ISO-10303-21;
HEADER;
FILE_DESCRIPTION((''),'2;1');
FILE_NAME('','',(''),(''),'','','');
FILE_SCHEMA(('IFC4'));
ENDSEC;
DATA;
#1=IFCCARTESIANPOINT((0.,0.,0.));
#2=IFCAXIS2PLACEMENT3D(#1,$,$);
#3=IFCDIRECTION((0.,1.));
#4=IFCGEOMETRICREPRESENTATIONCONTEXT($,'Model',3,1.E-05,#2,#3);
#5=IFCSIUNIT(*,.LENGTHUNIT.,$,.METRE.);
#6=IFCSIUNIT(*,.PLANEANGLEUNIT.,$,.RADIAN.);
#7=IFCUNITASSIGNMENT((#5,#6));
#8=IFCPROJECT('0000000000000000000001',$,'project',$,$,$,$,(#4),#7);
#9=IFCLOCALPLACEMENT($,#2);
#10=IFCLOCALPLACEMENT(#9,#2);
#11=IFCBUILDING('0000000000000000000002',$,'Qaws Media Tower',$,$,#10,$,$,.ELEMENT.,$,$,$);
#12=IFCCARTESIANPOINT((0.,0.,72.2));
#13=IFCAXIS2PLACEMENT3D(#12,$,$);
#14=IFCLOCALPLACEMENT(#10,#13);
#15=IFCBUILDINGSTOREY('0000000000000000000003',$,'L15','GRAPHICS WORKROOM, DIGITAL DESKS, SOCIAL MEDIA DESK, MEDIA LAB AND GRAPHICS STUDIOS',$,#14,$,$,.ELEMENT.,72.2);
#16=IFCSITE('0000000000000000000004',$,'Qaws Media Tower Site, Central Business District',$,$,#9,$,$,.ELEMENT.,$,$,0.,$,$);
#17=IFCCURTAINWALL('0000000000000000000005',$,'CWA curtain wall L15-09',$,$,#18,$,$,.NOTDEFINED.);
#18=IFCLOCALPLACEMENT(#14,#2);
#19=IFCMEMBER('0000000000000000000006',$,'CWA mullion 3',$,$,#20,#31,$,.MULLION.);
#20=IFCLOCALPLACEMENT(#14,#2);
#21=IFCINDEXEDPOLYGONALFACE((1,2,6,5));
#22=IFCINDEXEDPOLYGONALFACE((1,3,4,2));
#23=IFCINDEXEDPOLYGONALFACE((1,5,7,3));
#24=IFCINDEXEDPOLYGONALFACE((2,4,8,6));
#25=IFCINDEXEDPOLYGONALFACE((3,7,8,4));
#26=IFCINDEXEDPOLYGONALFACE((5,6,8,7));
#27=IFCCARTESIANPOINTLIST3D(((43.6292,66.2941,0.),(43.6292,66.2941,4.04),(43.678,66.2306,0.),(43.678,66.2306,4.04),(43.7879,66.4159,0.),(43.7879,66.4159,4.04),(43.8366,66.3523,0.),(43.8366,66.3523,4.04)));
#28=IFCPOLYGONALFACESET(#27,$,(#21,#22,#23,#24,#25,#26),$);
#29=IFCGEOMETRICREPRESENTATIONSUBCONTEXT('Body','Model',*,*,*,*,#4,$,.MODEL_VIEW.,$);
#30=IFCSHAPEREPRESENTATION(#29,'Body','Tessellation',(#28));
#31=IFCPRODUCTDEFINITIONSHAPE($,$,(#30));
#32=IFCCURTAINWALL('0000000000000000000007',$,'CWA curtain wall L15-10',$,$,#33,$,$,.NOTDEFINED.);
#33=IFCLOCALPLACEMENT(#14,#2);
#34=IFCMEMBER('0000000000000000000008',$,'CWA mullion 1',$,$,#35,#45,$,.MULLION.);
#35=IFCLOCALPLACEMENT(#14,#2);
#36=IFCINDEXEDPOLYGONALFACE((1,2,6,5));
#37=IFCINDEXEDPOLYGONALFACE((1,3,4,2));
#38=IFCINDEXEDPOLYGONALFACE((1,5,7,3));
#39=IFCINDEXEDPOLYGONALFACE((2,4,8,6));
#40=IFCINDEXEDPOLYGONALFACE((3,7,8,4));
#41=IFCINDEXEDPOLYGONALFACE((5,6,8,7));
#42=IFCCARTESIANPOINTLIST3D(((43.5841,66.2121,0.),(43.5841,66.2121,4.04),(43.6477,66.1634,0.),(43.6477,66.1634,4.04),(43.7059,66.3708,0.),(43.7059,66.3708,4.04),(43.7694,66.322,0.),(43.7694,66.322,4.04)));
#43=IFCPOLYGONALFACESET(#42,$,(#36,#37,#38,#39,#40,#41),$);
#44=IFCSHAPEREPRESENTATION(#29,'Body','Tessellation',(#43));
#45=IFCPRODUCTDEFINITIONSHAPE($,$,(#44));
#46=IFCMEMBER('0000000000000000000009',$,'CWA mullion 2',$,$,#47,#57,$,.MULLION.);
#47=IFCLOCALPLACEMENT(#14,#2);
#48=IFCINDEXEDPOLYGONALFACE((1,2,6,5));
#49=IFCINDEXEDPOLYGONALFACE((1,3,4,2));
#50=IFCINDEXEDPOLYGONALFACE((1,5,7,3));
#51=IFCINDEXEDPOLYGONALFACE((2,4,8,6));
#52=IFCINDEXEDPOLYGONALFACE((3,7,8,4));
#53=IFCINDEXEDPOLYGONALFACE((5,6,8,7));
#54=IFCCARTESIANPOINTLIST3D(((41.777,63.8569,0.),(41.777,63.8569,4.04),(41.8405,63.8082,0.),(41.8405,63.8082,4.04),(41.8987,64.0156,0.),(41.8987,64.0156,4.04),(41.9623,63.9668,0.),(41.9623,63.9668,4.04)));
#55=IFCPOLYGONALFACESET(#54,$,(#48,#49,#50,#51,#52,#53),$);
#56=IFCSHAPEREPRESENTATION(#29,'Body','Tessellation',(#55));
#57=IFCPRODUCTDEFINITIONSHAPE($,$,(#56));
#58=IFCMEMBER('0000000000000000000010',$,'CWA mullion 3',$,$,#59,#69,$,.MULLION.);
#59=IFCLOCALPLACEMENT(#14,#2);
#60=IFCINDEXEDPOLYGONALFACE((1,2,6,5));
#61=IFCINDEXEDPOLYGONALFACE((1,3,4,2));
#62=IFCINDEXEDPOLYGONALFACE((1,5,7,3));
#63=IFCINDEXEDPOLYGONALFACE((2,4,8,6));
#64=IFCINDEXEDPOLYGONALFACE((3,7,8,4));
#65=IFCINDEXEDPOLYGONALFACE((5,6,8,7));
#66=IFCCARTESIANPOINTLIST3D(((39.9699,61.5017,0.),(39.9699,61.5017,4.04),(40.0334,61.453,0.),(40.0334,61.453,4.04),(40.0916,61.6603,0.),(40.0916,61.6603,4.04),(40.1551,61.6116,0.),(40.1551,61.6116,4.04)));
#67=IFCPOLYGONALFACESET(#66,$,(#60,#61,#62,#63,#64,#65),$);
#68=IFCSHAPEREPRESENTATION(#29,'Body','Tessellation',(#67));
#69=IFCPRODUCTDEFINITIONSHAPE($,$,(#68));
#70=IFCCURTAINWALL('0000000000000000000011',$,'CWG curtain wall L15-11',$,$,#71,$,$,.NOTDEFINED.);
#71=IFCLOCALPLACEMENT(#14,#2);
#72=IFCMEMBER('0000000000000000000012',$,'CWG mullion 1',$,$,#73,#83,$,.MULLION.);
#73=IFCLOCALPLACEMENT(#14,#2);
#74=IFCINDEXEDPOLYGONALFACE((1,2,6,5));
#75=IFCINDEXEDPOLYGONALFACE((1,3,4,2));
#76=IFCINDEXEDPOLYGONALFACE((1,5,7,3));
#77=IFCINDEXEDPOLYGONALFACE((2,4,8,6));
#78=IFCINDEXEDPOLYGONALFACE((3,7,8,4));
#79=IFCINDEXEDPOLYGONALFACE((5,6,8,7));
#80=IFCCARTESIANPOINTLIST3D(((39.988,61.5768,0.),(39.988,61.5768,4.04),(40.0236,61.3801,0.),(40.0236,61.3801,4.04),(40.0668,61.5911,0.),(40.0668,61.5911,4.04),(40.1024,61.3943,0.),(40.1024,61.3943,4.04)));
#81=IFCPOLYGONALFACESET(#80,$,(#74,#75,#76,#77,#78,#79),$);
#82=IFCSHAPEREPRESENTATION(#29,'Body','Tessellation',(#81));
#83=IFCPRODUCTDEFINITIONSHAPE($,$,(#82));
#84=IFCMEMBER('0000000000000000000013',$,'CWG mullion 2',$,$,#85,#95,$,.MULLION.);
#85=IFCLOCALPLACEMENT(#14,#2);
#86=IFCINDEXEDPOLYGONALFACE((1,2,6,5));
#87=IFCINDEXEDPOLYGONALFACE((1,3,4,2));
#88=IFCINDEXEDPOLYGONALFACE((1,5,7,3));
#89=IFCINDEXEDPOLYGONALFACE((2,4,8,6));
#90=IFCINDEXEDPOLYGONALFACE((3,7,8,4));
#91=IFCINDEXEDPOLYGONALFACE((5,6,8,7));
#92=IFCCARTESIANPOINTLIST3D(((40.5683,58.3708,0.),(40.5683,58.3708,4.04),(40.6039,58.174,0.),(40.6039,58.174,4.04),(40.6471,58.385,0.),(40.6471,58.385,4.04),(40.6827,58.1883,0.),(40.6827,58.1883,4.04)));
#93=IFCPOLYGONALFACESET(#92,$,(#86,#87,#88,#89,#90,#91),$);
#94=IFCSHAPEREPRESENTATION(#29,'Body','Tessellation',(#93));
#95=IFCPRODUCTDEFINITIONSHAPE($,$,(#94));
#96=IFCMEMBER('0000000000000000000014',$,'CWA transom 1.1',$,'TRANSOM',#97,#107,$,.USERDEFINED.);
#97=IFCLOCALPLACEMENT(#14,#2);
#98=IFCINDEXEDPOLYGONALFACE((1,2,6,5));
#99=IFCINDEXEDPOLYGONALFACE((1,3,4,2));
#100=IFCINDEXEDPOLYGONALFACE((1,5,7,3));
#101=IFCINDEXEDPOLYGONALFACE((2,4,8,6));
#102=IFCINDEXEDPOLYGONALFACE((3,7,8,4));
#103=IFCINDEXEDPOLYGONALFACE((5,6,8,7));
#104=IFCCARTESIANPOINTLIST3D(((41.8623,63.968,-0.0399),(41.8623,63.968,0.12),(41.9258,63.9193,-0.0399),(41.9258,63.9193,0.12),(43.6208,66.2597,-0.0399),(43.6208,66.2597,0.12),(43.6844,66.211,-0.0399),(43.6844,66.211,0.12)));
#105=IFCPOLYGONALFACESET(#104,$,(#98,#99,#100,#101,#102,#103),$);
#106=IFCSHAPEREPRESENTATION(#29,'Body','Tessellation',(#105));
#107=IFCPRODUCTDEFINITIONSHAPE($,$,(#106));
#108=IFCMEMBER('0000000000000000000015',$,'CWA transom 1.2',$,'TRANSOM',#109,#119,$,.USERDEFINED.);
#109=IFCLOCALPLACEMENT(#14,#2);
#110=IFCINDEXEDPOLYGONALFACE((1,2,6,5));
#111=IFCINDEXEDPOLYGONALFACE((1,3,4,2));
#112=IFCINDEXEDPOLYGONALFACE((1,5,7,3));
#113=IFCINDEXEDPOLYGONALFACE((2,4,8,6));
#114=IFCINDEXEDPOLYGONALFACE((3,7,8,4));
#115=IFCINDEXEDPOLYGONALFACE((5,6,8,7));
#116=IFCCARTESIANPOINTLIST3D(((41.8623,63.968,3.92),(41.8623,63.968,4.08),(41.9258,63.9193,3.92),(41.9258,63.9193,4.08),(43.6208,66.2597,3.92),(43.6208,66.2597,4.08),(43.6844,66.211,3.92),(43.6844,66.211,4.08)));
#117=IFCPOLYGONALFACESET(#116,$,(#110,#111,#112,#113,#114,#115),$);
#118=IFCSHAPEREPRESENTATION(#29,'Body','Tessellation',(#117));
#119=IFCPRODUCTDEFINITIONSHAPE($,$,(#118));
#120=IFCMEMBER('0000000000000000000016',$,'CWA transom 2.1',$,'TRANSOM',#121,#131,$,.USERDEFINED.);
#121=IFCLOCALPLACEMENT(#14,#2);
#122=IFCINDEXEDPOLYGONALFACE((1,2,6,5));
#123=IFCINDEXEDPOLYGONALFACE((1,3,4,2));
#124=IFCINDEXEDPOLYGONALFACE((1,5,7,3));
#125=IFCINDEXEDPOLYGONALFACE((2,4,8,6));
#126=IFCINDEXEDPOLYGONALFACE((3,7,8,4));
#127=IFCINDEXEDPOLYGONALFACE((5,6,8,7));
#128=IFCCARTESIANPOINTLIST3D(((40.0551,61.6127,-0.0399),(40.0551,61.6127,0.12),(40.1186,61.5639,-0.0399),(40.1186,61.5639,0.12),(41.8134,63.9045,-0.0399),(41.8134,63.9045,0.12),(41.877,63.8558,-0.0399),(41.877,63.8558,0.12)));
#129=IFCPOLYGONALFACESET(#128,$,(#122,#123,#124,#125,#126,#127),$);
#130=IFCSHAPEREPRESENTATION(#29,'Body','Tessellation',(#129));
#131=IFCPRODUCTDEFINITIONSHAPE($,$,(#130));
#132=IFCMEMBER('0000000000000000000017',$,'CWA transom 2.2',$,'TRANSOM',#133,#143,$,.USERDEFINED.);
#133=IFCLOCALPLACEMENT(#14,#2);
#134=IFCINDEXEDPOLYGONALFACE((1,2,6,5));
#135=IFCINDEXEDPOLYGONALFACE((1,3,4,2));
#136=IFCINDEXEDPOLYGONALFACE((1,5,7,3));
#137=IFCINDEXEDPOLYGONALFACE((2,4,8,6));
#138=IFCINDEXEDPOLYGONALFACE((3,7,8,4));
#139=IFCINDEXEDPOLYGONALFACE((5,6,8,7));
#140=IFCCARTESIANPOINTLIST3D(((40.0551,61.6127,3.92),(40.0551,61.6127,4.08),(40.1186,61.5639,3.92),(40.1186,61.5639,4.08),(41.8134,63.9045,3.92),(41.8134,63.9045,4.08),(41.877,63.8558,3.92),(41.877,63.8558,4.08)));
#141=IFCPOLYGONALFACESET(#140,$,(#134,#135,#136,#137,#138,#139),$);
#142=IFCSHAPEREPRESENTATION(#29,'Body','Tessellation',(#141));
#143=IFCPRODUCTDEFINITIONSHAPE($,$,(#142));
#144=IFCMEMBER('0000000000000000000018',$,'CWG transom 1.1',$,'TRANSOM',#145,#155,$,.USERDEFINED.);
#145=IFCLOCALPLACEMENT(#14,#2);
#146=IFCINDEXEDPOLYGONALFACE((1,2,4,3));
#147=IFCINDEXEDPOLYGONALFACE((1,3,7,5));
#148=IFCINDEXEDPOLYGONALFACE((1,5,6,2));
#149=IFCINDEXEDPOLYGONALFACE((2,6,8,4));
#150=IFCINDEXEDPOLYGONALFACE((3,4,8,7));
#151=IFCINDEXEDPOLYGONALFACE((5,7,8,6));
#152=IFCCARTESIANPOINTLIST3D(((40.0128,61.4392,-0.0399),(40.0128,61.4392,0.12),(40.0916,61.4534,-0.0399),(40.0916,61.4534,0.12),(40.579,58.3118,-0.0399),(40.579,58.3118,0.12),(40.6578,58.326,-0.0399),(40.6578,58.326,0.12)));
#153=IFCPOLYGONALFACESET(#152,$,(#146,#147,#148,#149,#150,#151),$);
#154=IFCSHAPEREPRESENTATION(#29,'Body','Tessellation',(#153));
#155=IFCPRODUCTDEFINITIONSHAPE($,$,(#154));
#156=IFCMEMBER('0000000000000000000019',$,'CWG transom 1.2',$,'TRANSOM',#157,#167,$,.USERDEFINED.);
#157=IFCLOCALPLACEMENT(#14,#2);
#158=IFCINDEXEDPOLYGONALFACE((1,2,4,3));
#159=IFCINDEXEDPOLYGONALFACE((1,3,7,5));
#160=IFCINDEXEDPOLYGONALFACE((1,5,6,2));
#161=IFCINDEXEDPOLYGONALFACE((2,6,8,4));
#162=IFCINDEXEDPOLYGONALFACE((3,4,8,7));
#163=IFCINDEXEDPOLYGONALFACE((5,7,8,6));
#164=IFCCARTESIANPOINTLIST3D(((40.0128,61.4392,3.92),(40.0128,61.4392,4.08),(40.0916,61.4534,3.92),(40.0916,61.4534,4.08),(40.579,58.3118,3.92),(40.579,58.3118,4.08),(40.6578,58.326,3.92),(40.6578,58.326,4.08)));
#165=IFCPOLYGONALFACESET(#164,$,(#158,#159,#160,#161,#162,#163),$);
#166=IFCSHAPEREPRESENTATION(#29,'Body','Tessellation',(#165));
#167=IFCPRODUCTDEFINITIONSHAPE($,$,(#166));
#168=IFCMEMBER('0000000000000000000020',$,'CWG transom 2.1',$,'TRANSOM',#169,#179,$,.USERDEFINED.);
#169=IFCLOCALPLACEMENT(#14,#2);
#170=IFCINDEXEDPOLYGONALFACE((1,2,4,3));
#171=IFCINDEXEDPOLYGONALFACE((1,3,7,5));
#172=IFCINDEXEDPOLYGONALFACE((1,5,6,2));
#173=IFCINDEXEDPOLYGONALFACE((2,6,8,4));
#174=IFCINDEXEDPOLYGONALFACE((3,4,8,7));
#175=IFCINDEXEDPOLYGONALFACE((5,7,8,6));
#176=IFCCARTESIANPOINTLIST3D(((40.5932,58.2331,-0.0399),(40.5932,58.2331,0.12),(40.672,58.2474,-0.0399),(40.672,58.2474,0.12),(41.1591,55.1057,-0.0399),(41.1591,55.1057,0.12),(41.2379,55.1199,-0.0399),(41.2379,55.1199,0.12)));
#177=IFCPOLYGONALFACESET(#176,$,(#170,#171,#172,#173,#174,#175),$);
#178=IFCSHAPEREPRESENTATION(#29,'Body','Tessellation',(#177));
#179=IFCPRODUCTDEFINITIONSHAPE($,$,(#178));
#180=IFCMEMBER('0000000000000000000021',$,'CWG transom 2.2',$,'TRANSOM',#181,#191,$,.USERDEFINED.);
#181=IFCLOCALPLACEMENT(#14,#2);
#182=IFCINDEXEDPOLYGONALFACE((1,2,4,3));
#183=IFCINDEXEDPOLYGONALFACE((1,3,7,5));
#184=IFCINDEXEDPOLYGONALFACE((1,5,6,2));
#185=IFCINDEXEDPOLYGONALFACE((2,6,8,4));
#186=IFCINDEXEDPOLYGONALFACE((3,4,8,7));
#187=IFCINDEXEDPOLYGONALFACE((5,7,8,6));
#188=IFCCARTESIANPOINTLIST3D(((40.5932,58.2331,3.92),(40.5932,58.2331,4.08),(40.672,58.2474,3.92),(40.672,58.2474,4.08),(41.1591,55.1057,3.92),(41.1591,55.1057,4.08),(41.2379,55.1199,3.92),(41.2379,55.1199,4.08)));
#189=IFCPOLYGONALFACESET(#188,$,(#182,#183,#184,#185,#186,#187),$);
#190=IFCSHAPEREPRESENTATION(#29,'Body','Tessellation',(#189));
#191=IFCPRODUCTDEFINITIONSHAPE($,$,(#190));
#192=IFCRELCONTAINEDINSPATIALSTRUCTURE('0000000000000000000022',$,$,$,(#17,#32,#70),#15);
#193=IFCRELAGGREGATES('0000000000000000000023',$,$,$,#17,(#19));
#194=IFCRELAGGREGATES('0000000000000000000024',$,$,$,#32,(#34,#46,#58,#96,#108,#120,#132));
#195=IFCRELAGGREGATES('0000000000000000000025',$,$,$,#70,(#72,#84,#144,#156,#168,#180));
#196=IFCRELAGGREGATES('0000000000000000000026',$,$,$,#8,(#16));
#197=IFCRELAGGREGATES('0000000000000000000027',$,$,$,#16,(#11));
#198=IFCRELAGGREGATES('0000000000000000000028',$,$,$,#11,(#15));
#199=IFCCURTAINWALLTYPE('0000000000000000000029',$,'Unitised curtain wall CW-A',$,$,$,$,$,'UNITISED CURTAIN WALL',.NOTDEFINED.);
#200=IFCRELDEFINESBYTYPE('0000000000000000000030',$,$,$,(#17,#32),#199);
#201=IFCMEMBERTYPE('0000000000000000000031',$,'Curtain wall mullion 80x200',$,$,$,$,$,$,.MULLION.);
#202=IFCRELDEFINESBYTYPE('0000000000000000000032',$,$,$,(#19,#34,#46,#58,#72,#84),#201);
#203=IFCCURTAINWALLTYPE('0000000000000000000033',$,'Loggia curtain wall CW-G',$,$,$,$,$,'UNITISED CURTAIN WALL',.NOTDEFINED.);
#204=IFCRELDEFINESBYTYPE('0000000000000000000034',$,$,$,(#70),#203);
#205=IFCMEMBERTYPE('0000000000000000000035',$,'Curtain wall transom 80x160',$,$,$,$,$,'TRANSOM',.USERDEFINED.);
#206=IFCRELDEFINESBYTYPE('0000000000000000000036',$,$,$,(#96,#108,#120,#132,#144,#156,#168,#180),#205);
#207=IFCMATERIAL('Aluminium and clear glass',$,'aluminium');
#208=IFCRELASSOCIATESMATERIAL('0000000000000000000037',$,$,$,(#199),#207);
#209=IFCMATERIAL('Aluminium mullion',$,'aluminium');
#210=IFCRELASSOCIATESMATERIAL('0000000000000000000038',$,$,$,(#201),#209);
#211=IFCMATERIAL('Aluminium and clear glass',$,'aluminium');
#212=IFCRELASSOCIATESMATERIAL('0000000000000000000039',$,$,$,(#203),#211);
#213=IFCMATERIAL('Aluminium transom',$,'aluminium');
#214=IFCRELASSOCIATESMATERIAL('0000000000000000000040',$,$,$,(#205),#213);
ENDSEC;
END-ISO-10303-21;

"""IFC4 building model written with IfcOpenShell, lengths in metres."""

from ifc_helpers import new_model, si_unit, direction, frame, origin, origin_2d, place, context, subcontext, project, spatial, rectangle, extrude, material, material_profile, profile_set, type_object, element, aggregate, save


model = new_model("IFC4")

# Units and contexts
model_context = context("Model", 3, precision=1e-05, world=origin(), true_north=direction((0.0, 1.0)))
body_context = subcontext(model_context, "Body", "Model", "MODEL_VIEW")
ifc_project = project(units=[si_unit("LENGTHUNIT", "METRE"), si_unit("PLANEANGLEUNIT", "RADIAN")], contexts=[model_context])

# Site, building, storey
site_placement = place(None, origin())
site = spatial("IfcSite", under=ifc_project, at=site_placement, Name="Qaws Media Tower Site, Central Business District", CompositionType="ELEMENT", RefElevation=0.0)
building_placement = place(site_placement, origin())
building = spatial("IfcBuilding", under=site, at=building_placement, Name="Qaws Media Tower", CompositionType="ELEMENT")
storey_placement = place(building_placement, frame((0.0, 0.0, 72.2)))
storey = spatial("IfcBuildingStorey", under=building, at=storey_placement, Name="L15", Description="GRAPHICS WORKROOM, DIGITAL DESKS, SOCIAL MEDIA DESK, MEDIA LAB AND GRAPHICS STUDIOS", CompositionType="ELEMENT", Elevation=72.2)

# Curtain wall, member
ifc_material_1 = material(Name="Aluminium and clear glass", Category="aluminium")
curtain_wall_type_1 = type_object("IfcCurtainWallType", Name="Unitised curtain wall CW-A", ElementType="UNITISED CURTAIN WALL", PredefinedType="NOTDEFINED", material=ifc_material_1)
curtain_wall_1_placement = place(storey_placement, origin())
curtain_wall_1 = element("IfcCurtainWall", 1, at=curtain_wall_1_placement, inside=storey, type_object=curtain_wall_type_1, Name="CWA curtain wall L15-09", PredefinedType="NOTDEFINED")
ifc_material_2 = material(Name="Aluminium mullion", Category="aluminium")
ifc_material_profile_1 = material_profile(ifc_material_2, rectangle(XDim=0.0801, YDim=0.2, at=origin_2d()), Name="80x200")
ifc_profile_set_1 = profile_set([ifc_material_profile_1], Name="Aluminium mullion")
member_type_1 = type_object("IfcMemberType", Name="Curtain wall mullion 80x200", PredefinedType="MULLION", material=ifc_profile_set_1)
member_1_placement = place(storey_placement, frame((43.7329, 66.3232, 0.0), z_axis=(0.0, 0.0, 1.0), x_axis=(0.608762, -0.793353, 0.0)))
member_1 = element("IfcMember", 2, at=member_1_placement, type_object=member_type_1, Name="CWA mullion 3", PredefinedType="MULLION", context=body_context, shape_type="SweptSolid", body=[
    extrude(rectangle(XDim=0.0801, YDim=0.2, at=origin_2d()), origin(), (0.0, 0.0, 1.0), 4.04),
])
aggregate(curtain_wall_1, [member_1])

# Curtain walls, members
curtain_wall_2_placement = place(storey_placement, origin())
curtain_wall_2 = element("IfcCurtainWall", 3, at=curtain_wall_2_placement, inside=storey, type_object=curtain_wall_type_1, Name="CWA curtain wall L15-10", PredefinedType="NOTDEFINED")
member_2_placement = place(storey_placement, frame((43.6768, 66.2671, 0.0), z_axis=(0.0, 0.0, 1.0), x_axis=(0.793353, -0.608762, 0.0)))
member_2 = element("IfcMember", 4, at=member_2_placement, type_object=member_type_1, Name="CWA mullion 1", PredefinedType="MULLION", context=body_context, shape_type="SweptSolid", body=[
    extrude(rectangle(XDim=0.0801, YDim=0.2, at=origin_2d()), origin(), (0.0, 0.0, 1.0), 4.04),
])
member_3_placement = place(storey_placement, frame((41.8696, 63.9119, 0.0), z_axis=(0.0, 0.0, 1.0), x_axis=(0.793353, -0.608762, 0.0)))
member_3 = element("IfcMember", 5, at=member_3_placement, type_object=member_type_1, Name="CWA mullion 2", PredefinedType="MULLION", context=body_context, shape_type="SweptSolid", body=[
    extrude(rectangle(XDim=0.0801, YDim=0.2, at=origin_2d()), origin(), (0.0, 0.0, 1.0), 4.04),
])
member_4_placement = place(storey_placement, frame((40.0625, 61.5566, 0.0), z_axis=(0.0, 0.0, 1.0), x_axis=(0.793353, -0.608762, 0.0)))
member_4 = element("IfcMember", 6, at=member_4_placement, type_object=member_type_1, Name="CWA mullion 3", PredefinedType="MULLION", context=body_context, shape_type="SweptSolid", body=[
    extrude(rectangle(XDim=0.0801, YDim=0.2, at=origin_2d()), origin(), (0.0, 0.0, 1.0), 4.04),
])
ifc_material_3 = material(Name="Aluminium and clear glass", Category="aluminium")
curtain_wall_type_2 = type_object("IfcCurtainWallType", Name="Loggia curtain wall CW-G", ElementType="UNITISED CURTAIN WALL", PredefinedType="NOTDEFINED", material=ifc_material_3)
curtain_wall_3_placement = place(storey_placement, origin())
curtain_wall_3 = element("IfcCurtainWall", 7, at=curtain_wall_3_placement, inside=storey, type_object=curtain_wall_type_2, Name="CWG curtain wall L15-11", PredefinedType="NOTDEFINED")
member_5_placement = place(storey_placement, frame((40.0452, 61.4856, 0.0), z_axis=(0.0, 0.0, 1.0), x_axis=(0.984018, 0.178071, 0.0)))
member_5 = element("IfcMember", 8, at=member_5_placement, type_object=member_type_1, Name="CWG mullion 1", PredefinedType="MULLION", context=body_context, shape_type="SweptSolid", body=[
    extrude(rectangle(XDim=0.0801, YDim=0.2, at=origin_2d()), origin(), (0.0, 0.0, 1.0), 4.04),
])
member_6_placement = place(storey_placement, frame((40.6255, 58.2795, 0.0), z_axis=(0.0, 0.0, 1.0), x_axis=(0.984018, 0.178071, 0.0)))
member_6 = element("IfcMember", 9, at=member_6_placement, type_object=member_type_1, Name="CWG mullion 2", PredefinedType="MULLION", context=body_context, shape_type="SweptSolid", body=[
    extrude(rectangle(XDim=0.0801, YDim=0.2, at=origin_2d()), origin(), (0.0, 0.0, 1.0), 4.04),
])

# Members
ifc_material_4 = material(Name="Aluminium transom", Category="aluminium")
ifc_material_profile_2 = material_profile(ifc_material_4, rectangle(XDim=0.0801, YDim=0.1599, at=origin_2d()), Name="80x160")
ifc_profile_set_2 = profile_set([ifc_material_profile_2], Name="Aluminium transom")
member_type_2 = type_object("IfcMemberType", Name="Curtain wall transom 80x160", ElementType="TRANSOM", PredefinedType="USERDEFINED", material=ifc_profile_set_2)
member_7_placement = place(storey_placement, frame((43.6526, 66.2354, 0.04), z_axis=(-0.608767, -0.793349, 0.0), x_axis=(0.793349, -0.608767, 0.0)))
member_7 = element("IfcMember", 10, at=member_7_placement, type_object=member_type_2, Name="CWA transom 1.1", ObjectType="TRANSOM", PredefinedType="USERDEFINED", context=body_context, shape_type="SweptSolid", body=[
    extrude(rectangle(XDim=0.0801, YDim=0.1599, at=origin_2d()), origin(), (0.0, 0.0, 1.0), 2.8887),
])
member_8_placement = place(storey_placement, frame((43.6526, 66.2354, 4.0), z_axis=(-0.608767, -0.793349, 0.0), x_axis=(0.793349, -0.608767, 0.0)))
member_8 = element("IfcMember", 11, at=member_8_placement, type_object=member_type_2, Name="CWA transom 1.2", ObjectType="TRANSOM", PredefinedType="USERDEFINED", context=body_context, shape_type="SweptSolid", body=[
    extrude(rectangle(XDim=0.0801, YDim=0.1599, at=origin_2d()), origin(), (0.0, 0.0, 1.0), 2.8887),
])
member_9_placement = place(storey_placement, frame((41.8452, 63.8801, 0.04), z_axis=(-0.608714, -0.79339, 0.0), x_axis=(0.79339, -0.608714, 0.0)))
member_9 = element("IfcMember", 12, at=member_9_placement, type_object=member_type_2, Name="CWA transom 2.1", ObjectType="TRANSOM", PredefinedType="USERDEFINED", context=body_context, shape_type="SweptSolid", body=[
    extrude(rectangle(XDim=0.0801, YDim=0.1599, at=origin_2d()), origin(), (0.0, 0.0, 1.0), 2.8887),
])
member_10_placement = place(storey_placement, frame((41.8452, 63.8801, 4.0), z_axis=(-0.608714, -0.79339, 0.0), x_axis=(0.79339, -0.608714, 0.0)))
member_10 = element("IfcMember", 13, at=member_10_placement, type_object=member_type_2, Name="CWA transom 2.2", ObjectType="TRANSOM", PredefinedType="USERDEFINED", context=body_context, shape_type="SweptSolid", body=[
    extrude(rectangle(XDim=0.0801, YDim=0.1599, at=origin_2d()), origin(), (0.0, 0.0, 1.0), 2.8887),
])
member_11_placement = place(storey_placement, frame((40.0522, 61.4463, 0.04), z_axis=(0.178135, -0.984006, 0.0), x_axis=(0.984006, 0.178135, 0.0)))
member_11 = element("IfcMember", 14, at=member_11_placement, type_object=member_type_2, Name="CWG transom 1.1", ObjectType="TRANSOM", PredefinedType="USERDEFINED", context=body_context, shape_type="SweptSolid", body=[
    extrude(rectangle(XDim=0.0801, YDim=0.1599, at=origin_2d()), origin(), (0.0, 0.0, 1.0), 3.1782),
])
member_12_placement = place(storey_placement, frame((40.0522, 61.4463, 4.0), z_axis=(0.178135, -0.984006, 0.0), x_axis=(0.984006, 0.178135, 0.0)))
member_12 = element("IfcMember", 15, at=member_12_placement, type_object=member_type_2, Name="CWG transom 1.2", ObjectType="TRANSOM", PredefinedType="USERDEFINED", context=body_context, shape_type="SweptSolid", body=[
    extrude(rectangle(XDim=0.0801, YDim=0.1599, at=origin_2d()), origin(), (0.0, 0.0, 1.0), 3.1782),
])
member_13_placement = place(storey_placement, frame((40.6326, 58.2402, 0.04), z_axis=(0.178061, -0.98402, 0.0), x_axis=(0.98402, 0.178061, 0.0)))
member_13 = element("IfcMember", 16, at=member_13_placement, type_object=member_type_2, Name="CWG transom 2.1", ObjectType="TRANSOM", PredefinedType="USERDEFINED", context=body_context, shape_type="SweptSolid", body=[
    extrude(rectangle(XDim=0.0801, YDim=0.1599, at=origin_2d()), origin(), (0.0, 0.0, 1.0), 3.1782),
])
member_14_placement = place(storey_placement, frame((40.6326, 58.2402, 4.0), z_axis=(0.178061, -0.98402, 0.0), x_axis=(0.98402, 0.178061, 0.0)))
member_14 = element("IfcMember", 17, at=member_14_placement, type_object=member_type_2, Name="CWG transom 2.2", ObjectType="TRANSOM", PredefinedType="USERDEFINED", context=body_context, shape_type="SweptSolid", body=[
    extrude(rectangle(XDim=0.0801, YDim=0.1599, at=origin_2d()), origin(), (0.0, 0.0, 1.0), 3.1782),
])

aggregate(curtain_wall_2, [member_2, member_3, member_4, member_7, member_8, member_9, member_10])
aggregate(curtain_wall_3, [member_5, member_6, member_11, member_12, member_13, member_14])

save(model, "model.ifc")
